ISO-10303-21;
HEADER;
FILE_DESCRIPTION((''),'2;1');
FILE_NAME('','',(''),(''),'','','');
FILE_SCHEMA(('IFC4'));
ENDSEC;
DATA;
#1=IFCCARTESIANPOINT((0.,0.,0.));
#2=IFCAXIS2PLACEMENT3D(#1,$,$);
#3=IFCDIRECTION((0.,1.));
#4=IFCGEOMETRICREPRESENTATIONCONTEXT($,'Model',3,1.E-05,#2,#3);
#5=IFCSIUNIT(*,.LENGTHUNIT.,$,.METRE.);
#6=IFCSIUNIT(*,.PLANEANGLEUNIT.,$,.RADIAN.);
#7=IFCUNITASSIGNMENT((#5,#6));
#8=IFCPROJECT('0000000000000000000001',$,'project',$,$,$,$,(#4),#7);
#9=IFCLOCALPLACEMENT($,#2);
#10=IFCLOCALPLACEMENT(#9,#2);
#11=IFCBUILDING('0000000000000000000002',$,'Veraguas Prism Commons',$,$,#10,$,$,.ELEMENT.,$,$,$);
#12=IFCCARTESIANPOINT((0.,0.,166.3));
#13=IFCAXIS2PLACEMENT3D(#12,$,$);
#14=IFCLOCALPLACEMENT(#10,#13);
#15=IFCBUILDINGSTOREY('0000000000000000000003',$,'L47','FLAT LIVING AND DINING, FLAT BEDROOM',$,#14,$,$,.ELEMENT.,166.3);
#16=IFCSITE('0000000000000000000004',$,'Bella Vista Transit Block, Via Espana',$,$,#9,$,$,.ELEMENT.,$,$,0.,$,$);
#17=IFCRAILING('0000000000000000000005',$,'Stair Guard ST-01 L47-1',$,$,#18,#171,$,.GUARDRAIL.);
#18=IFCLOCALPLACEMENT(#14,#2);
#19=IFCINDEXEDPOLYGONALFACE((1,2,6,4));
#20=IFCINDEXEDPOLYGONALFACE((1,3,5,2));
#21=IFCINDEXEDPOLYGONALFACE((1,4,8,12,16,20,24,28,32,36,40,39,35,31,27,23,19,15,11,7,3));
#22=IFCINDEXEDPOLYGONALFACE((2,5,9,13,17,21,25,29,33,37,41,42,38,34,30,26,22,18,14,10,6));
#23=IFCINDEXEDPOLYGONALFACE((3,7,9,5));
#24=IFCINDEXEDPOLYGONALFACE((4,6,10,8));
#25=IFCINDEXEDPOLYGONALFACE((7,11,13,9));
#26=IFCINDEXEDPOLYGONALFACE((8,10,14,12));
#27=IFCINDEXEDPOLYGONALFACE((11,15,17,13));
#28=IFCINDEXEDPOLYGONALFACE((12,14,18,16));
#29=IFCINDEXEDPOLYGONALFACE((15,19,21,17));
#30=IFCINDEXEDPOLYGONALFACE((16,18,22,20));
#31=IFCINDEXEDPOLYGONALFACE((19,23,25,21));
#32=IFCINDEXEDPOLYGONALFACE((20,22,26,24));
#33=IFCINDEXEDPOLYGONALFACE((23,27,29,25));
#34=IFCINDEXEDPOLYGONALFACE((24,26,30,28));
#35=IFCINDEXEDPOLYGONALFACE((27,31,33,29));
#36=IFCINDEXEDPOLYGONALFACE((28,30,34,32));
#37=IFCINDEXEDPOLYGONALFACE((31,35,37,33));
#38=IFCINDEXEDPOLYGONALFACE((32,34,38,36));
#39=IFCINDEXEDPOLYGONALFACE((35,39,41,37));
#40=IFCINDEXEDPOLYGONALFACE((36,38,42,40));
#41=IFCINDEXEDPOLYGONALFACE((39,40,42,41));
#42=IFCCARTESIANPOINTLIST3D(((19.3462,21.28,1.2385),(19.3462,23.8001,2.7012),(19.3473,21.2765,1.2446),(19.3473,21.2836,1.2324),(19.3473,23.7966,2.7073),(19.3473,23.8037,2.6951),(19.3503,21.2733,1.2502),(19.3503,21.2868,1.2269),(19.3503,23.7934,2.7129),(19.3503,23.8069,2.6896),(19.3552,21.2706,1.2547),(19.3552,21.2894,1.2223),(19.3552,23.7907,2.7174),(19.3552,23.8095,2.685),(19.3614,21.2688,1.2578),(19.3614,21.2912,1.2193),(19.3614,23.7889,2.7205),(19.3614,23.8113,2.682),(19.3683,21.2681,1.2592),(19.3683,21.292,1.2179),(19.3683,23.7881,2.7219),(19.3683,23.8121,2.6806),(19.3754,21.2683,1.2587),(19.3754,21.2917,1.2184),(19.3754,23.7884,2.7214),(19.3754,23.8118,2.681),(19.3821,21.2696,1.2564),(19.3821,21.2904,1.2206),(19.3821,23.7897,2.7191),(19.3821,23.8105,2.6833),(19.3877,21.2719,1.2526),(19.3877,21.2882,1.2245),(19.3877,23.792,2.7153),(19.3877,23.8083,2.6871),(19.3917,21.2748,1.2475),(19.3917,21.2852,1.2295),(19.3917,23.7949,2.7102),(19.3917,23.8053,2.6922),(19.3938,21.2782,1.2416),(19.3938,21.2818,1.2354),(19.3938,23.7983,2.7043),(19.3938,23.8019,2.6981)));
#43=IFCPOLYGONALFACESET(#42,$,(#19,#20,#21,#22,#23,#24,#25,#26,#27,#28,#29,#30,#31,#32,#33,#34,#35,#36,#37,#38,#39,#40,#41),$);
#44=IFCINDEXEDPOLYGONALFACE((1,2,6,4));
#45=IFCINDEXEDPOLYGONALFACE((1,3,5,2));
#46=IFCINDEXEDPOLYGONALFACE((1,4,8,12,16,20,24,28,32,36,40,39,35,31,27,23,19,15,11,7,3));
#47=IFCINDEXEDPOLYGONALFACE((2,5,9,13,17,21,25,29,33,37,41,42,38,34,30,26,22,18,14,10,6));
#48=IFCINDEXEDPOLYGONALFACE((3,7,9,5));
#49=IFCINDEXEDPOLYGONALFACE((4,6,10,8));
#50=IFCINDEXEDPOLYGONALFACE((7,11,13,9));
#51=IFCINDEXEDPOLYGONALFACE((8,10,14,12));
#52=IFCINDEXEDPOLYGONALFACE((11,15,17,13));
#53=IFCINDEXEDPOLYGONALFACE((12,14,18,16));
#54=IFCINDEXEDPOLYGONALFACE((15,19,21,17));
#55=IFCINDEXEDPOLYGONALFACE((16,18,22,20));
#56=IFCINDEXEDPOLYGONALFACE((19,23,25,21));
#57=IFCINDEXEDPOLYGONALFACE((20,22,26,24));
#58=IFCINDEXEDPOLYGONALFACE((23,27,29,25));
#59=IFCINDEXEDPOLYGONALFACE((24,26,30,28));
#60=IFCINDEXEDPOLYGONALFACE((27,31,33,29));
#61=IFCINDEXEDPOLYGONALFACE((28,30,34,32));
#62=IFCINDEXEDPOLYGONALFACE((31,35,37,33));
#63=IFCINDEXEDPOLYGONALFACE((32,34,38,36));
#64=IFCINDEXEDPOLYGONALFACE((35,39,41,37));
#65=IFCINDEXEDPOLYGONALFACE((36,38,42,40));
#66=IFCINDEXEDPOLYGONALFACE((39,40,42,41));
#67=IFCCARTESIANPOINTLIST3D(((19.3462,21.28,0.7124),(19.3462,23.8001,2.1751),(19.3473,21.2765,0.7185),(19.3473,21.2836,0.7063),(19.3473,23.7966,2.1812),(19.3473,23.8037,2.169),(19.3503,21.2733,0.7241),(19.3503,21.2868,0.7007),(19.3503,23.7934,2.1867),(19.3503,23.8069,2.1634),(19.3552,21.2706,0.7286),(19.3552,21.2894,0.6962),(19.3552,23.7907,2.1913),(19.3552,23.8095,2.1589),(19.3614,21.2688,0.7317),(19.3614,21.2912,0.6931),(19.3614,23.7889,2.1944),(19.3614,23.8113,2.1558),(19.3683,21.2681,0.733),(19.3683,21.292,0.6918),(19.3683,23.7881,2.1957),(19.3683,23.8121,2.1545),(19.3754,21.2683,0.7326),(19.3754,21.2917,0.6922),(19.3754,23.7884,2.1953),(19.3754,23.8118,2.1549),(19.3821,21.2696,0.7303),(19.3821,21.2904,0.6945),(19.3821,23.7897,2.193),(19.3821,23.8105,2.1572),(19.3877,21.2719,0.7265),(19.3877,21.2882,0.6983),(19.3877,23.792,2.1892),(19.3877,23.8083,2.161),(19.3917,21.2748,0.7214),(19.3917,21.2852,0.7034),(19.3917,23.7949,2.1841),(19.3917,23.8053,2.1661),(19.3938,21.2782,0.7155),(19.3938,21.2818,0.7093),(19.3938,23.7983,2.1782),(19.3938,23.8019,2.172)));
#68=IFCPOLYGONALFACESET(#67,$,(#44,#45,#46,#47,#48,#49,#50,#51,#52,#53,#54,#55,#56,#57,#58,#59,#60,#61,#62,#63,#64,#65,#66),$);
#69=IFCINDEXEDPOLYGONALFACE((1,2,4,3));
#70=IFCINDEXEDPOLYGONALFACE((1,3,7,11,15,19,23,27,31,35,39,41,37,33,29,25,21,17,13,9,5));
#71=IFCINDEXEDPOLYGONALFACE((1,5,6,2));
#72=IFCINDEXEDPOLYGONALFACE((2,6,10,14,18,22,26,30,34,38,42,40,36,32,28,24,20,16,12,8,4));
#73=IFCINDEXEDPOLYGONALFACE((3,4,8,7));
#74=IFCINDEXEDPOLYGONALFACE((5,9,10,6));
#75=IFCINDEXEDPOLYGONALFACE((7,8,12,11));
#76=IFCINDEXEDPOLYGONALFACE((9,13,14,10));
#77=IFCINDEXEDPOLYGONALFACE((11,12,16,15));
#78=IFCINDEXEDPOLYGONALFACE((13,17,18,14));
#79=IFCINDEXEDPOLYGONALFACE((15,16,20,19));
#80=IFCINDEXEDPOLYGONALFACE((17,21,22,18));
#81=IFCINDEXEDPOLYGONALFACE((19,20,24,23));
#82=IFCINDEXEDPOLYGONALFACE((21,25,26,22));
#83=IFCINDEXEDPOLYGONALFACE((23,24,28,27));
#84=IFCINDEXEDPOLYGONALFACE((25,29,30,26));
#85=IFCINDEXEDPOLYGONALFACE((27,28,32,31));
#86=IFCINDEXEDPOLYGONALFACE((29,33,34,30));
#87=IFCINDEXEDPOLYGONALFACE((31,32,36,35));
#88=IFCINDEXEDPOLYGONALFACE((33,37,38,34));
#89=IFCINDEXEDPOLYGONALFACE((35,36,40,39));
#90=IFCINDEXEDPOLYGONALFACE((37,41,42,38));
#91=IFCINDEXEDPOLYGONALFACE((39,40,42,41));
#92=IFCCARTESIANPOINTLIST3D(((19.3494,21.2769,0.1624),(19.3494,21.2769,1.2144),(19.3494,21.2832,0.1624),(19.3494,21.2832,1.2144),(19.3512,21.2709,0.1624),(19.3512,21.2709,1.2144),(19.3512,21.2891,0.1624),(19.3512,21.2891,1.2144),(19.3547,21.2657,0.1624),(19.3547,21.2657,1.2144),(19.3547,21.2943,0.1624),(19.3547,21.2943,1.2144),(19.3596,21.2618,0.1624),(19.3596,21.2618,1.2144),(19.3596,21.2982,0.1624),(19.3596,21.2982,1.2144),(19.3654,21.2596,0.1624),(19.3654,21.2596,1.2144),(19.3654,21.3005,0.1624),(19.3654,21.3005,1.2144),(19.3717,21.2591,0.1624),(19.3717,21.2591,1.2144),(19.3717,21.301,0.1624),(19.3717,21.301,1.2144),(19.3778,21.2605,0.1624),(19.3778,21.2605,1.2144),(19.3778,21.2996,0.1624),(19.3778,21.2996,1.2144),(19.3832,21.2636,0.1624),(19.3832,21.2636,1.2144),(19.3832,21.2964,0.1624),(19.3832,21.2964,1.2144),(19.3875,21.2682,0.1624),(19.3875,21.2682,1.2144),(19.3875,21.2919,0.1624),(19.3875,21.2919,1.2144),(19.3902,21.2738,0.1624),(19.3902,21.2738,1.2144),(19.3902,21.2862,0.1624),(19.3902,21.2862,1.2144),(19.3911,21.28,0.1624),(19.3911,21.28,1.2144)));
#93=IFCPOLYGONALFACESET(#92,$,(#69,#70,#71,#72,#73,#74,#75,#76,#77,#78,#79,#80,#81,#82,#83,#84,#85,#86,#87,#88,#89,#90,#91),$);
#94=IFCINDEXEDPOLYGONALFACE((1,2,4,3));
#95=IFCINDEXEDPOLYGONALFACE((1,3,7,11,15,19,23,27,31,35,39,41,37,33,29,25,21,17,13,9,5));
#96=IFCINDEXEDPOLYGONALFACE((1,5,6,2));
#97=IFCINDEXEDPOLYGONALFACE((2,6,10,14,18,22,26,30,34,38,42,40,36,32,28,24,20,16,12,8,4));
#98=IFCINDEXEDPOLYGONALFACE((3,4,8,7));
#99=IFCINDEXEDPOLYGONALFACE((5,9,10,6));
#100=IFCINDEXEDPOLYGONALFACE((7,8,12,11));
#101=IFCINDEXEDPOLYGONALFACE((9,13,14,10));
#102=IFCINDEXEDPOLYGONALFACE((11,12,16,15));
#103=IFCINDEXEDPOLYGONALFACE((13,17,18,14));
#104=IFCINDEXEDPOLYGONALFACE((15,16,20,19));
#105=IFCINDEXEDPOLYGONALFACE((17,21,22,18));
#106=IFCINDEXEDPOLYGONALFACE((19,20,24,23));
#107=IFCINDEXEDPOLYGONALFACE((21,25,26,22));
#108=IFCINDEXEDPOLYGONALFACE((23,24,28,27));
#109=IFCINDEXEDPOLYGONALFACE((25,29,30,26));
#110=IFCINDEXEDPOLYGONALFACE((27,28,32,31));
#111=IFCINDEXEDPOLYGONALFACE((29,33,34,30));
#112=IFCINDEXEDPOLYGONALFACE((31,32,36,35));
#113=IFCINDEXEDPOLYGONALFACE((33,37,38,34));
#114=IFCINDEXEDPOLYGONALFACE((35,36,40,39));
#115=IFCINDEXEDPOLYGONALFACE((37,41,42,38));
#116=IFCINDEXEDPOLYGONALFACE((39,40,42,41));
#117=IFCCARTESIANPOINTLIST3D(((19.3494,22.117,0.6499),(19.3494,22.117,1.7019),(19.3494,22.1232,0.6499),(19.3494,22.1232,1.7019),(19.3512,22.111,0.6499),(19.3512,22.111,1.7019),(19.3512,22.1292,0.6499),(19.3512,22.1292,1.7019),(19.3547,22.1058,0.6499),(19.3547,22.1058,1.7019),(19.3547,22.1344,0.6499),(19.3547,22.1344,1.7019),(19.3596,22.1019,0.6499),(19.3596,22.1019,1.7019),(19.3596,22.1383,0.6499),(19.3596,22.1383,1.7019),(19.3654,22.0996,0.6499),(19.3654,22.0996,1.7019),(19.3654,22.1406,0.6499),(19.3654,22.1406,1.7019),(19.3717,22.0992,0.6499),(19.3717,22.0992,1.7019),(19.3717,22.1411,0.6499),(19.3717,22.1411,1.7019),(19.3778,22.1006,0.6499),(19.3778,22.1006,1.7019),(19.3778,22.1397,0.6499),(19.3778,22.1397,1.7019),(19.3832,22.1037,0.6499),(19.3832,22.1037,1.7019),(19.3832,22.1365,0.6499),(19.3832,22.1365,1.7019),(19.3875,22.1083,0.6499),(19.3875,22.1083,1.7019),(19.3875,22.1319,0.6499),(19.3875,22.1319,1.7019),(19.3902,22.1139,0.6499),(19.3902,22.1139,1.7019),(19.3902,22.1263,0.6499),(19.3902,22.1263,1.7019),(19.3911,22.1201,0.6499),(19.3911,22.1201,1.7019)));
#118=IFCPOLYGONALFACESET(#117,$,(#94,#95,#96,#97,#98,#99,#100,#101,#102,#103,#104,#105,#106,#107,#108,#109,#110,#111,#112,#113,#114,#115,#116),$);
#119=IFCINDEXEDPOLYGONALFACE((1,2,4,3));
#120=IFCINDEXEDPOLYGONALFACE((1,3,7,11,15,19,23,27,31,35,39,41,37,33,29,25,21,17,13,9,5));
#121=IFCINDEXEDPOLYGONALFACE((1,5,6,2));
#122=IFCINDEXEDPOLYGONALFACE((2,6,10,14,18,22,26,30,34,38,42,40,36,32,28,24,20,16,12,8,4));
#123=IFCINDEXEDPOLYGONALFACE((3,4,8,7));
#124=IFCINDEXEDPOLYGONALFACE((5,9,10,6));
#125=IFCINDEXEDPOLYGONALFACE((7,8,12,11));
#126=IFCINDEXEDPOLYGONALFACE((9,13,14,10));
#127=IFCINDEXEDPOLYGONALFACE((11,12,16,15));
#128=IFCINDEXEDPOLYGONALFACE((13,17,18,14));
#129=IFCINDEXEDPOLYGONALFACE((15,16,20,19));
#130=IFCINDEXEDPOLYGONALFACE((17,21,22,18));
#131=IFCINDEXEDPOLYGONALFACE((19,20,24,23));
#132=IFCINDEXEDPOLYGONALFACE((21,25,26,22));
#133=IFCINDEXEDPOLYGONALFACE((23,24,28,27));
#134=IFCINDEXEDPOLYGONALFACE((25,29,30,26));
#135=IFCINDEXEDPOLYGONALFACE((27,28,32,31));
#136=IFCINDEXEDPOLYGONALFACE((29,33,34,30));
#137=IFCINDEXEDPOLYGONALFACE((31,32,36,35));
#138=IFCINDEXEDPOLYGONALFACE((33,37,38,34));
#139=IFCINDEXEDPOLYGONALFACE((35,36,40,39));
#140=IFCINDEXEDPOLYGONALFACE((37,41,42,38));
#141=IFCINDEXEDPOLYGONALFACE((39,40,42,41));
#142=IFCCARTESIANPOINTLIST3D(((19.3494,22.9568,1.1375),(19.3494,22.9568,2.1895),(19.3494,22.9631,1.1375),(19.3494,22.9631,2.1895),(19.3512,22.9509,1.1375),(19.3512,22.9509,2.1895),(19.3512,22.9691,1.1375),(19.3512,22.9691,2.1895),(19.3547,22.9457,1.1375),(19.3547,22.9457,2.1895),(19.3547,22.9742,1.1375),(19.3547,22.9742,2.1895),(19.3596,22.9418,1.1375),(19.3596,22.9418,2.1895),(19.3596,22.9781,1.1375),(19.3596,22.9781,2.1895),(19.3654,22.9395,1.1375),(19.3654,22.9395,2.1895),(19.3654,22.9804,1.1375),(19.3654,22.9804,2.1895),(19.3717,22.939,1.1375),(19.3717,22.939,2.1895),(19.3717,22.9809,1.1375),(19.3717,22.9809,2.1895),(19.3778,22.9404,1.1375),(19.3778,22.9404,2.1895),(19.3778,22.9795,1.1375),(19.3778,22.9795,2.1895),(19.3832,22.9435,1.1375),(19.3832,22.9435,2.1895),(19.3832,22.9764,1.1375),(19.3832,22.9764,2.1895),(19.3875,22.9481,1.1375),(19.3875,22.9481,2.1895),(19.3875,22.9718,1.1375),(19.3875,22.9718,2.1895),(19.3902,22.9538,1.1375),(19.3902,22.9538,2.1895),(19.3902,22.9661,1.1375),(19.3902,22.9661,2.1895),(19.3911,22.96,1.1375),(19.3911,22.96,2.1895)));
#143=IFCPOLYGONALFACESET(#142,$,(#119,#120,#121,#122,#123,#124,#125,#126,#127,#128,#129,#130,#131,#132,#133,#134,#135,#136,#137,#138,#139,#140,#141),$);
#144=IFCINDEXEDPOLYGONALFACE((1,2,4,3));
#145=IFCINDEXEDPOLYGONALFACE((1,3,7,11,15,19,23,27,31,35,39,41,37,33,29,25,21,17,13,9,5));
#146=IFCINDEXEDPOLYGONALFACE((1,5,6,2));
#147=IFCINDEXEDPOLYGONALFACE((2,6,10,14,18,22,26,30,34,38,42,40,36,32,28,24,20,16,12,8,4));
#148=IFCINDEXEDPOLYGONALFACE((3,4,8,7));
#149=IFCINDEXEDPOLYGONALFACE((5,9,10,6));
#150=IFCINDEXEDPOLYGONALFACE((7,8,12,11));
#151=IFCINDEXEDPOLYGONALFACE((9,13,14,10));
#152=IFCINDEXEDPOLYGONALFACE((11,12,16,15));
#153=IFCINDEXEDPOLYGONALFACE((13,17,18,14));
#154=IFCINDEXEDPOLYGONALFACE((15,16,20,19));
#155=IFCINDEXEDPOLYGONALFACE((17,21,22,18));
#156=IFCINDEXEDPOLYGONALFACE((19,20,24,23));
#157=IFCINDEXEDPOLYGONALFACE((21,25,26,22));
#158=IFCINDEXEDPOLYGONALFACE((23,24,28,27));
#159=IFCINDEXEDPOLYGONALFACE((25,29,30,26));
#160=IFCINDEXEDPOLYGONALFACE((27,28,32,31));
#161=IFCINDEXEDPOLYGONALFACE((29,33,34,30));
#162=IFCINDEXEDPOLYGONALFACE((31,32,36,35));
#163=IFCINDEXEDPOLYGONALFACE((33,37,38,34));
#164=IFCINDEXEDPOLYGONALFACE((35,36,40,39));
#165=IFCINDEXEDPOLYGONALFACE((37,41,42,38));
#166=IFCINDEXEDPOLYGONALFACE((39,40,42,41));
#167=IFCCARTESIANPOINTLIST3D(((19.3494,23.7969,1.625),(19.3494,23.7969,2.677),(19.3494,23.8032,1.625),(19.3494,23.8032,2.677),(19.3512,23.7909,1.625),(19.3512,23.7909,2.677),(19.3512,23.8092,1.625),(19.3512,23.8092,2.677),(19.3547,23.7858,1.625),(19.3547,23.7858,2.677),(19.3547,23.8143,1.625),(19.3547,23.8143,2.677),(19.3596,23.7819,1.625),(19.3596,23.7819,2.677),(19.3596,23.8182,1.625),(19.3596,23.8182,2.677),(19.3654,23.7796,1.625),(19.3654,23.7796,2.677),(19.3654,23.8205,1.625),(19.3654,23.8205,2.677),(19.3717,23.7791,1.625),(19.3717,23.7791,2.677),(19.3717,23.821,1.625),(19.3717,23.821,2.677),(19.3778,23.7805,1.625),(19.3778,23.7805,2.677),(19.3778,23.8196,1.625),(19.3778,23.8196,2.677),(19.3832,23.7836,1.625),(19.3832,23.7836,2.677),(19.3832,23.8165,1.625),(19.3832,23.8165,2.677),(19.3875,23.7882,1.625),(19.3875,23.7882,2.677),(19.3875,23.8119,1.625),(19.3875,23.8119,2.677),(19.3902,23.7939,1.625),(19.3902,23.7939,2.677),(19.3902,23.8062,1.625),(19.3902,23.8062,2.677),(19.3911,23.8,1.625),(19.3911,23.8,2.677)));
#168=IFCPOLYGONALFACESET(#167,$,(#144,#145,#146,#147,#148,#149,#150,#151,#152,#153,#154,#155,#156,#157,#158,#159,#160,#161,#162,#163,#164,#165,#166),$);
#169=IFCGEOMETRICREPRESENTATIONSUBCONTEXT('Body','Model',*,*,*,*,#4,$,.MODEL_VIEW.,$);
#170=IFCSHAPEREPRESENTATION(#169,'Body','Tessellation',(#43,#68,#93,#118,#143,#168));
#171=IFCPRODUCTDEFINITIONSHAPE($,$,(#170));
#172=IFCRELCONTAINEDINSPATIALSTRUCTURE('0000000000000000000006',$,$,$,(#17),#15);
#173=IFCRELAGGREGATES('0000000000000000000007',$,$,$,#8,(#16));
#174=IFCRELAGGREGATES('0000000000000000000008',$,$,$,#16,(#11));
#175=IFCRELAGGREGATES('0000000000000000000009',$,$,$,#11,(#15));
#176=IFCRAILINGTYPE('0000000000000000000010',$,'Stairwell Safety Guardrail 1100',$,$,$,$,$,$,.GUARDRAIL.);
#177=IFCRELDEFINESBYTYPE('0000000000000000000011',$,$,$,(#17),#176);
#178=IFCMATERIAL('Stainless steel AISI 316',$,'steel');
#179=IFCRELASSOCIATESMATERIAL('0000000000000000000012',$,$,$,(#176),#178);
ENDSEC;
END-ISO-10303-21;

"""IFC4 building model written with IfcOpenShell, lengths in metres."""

from ifc_helpers import new_model, si_unit, direction, frame, origin, origin_2d, place, context, subcontext, project, spatial, circle, extrude, material, type_object, element, save


model = new_model("IFC4")

# Units and contexts
model_context = context("Model", 3, precision=1e-05, world=origin(), true_north=direction((0.0, 1.0)))
body_context = subcontext(model_context, "Body", "Model", "MODEL_VIEW")
ifc_project = project(units=[si_unit("LENGTHUNIT", "METRE"), si_unit("PLANEANGLEUNIT", "RADIAN")], contexts=[model_context])

# Site, building, storey
site_placement = place(None, origin())
site = spatial("IfcSite", under=ifc_project, at=site_placement, Name="Bella Vista Transit Block, Via Espana", CompositionType="ELEMENT", RefElevation=0.0)
building_placement = place(site_placement, origin())
building = spatial("IfcBuilding", under=site, at=building_placement, Name="Veraguas Prism Commons", CompositionType="ELEMENT")
storey_placement = place(building_placement, frame((0.0, 0.0, 166.3)))
storey = spatial("IfcBuildingStorey", under=building, at=storey_placement, Name="L47", Description="FLAT LIVING AND DINING, FLAT BEDROOM", CompositionType="ELEMENT", Elevation=166.3)

# Railing
ifc_material_1 = material(Name="Stainless steel AISI 316", Category="steel")
railing_type_1 = type_object("IfcRailingType", Name="Stairwell Safety Guardrail 1100", PredefinedType="GUARDRAIL", material=ifc_material_1)
railing_1_placement = place(storey_placement, frame((19.3701, 21.28, 0.1624)))
element("IfcRailing", 1, at=railing_1_placement, inside=storey, type_object=railing_type_1, Name="Stair Guard ST-01 L47-1", PredefinedType="GUARDRAIL", context=body_context, shape_type="SweptSolid", body=[
    extrude(circle(Radius=0.0239, at=origin_2d()), frame((0.0, 0.0, 1.0762), z_axis=(0.0, 0.864877, 0.501984), x_axis=(-1.0, 0.0, 0.0)), (0.0, 0.0, 1.0), 2.9138),
    extrude(circle(Radius=0.0239, at=origin_2d()), frame((0.0, 0.0, 0.55), z_axis=(0.0, 0.864877, 0.501984), x_axis=(-1.0, 0.0, 0.0)), (0.0, 0.0, 1.0), 2.9138),
    extrude(circle(Radius=0.021, at=origin_2d()), origin(), (0.0, 0.0, 1.0), 1.052),
    extrude(circle(Radius=0.021, at=origin_2d()), frame((0.0, 0.8401, 0.4875)), (0.0, 0.0, 1.0), 1.052),
    extrude(circle(Radius=0.021, at=origin_2d()), frame((0.0, 1.6799, 0.9751)), (0.0, 0.0, 1.0), 1.052),
    extrude(circle(Radius=0.021, at=origin_2d()), frame((0.0, 2.52, 1.4626)), (0.0, 0.0, 1.0), 1.052),
])

save(model, "model.ifc")
